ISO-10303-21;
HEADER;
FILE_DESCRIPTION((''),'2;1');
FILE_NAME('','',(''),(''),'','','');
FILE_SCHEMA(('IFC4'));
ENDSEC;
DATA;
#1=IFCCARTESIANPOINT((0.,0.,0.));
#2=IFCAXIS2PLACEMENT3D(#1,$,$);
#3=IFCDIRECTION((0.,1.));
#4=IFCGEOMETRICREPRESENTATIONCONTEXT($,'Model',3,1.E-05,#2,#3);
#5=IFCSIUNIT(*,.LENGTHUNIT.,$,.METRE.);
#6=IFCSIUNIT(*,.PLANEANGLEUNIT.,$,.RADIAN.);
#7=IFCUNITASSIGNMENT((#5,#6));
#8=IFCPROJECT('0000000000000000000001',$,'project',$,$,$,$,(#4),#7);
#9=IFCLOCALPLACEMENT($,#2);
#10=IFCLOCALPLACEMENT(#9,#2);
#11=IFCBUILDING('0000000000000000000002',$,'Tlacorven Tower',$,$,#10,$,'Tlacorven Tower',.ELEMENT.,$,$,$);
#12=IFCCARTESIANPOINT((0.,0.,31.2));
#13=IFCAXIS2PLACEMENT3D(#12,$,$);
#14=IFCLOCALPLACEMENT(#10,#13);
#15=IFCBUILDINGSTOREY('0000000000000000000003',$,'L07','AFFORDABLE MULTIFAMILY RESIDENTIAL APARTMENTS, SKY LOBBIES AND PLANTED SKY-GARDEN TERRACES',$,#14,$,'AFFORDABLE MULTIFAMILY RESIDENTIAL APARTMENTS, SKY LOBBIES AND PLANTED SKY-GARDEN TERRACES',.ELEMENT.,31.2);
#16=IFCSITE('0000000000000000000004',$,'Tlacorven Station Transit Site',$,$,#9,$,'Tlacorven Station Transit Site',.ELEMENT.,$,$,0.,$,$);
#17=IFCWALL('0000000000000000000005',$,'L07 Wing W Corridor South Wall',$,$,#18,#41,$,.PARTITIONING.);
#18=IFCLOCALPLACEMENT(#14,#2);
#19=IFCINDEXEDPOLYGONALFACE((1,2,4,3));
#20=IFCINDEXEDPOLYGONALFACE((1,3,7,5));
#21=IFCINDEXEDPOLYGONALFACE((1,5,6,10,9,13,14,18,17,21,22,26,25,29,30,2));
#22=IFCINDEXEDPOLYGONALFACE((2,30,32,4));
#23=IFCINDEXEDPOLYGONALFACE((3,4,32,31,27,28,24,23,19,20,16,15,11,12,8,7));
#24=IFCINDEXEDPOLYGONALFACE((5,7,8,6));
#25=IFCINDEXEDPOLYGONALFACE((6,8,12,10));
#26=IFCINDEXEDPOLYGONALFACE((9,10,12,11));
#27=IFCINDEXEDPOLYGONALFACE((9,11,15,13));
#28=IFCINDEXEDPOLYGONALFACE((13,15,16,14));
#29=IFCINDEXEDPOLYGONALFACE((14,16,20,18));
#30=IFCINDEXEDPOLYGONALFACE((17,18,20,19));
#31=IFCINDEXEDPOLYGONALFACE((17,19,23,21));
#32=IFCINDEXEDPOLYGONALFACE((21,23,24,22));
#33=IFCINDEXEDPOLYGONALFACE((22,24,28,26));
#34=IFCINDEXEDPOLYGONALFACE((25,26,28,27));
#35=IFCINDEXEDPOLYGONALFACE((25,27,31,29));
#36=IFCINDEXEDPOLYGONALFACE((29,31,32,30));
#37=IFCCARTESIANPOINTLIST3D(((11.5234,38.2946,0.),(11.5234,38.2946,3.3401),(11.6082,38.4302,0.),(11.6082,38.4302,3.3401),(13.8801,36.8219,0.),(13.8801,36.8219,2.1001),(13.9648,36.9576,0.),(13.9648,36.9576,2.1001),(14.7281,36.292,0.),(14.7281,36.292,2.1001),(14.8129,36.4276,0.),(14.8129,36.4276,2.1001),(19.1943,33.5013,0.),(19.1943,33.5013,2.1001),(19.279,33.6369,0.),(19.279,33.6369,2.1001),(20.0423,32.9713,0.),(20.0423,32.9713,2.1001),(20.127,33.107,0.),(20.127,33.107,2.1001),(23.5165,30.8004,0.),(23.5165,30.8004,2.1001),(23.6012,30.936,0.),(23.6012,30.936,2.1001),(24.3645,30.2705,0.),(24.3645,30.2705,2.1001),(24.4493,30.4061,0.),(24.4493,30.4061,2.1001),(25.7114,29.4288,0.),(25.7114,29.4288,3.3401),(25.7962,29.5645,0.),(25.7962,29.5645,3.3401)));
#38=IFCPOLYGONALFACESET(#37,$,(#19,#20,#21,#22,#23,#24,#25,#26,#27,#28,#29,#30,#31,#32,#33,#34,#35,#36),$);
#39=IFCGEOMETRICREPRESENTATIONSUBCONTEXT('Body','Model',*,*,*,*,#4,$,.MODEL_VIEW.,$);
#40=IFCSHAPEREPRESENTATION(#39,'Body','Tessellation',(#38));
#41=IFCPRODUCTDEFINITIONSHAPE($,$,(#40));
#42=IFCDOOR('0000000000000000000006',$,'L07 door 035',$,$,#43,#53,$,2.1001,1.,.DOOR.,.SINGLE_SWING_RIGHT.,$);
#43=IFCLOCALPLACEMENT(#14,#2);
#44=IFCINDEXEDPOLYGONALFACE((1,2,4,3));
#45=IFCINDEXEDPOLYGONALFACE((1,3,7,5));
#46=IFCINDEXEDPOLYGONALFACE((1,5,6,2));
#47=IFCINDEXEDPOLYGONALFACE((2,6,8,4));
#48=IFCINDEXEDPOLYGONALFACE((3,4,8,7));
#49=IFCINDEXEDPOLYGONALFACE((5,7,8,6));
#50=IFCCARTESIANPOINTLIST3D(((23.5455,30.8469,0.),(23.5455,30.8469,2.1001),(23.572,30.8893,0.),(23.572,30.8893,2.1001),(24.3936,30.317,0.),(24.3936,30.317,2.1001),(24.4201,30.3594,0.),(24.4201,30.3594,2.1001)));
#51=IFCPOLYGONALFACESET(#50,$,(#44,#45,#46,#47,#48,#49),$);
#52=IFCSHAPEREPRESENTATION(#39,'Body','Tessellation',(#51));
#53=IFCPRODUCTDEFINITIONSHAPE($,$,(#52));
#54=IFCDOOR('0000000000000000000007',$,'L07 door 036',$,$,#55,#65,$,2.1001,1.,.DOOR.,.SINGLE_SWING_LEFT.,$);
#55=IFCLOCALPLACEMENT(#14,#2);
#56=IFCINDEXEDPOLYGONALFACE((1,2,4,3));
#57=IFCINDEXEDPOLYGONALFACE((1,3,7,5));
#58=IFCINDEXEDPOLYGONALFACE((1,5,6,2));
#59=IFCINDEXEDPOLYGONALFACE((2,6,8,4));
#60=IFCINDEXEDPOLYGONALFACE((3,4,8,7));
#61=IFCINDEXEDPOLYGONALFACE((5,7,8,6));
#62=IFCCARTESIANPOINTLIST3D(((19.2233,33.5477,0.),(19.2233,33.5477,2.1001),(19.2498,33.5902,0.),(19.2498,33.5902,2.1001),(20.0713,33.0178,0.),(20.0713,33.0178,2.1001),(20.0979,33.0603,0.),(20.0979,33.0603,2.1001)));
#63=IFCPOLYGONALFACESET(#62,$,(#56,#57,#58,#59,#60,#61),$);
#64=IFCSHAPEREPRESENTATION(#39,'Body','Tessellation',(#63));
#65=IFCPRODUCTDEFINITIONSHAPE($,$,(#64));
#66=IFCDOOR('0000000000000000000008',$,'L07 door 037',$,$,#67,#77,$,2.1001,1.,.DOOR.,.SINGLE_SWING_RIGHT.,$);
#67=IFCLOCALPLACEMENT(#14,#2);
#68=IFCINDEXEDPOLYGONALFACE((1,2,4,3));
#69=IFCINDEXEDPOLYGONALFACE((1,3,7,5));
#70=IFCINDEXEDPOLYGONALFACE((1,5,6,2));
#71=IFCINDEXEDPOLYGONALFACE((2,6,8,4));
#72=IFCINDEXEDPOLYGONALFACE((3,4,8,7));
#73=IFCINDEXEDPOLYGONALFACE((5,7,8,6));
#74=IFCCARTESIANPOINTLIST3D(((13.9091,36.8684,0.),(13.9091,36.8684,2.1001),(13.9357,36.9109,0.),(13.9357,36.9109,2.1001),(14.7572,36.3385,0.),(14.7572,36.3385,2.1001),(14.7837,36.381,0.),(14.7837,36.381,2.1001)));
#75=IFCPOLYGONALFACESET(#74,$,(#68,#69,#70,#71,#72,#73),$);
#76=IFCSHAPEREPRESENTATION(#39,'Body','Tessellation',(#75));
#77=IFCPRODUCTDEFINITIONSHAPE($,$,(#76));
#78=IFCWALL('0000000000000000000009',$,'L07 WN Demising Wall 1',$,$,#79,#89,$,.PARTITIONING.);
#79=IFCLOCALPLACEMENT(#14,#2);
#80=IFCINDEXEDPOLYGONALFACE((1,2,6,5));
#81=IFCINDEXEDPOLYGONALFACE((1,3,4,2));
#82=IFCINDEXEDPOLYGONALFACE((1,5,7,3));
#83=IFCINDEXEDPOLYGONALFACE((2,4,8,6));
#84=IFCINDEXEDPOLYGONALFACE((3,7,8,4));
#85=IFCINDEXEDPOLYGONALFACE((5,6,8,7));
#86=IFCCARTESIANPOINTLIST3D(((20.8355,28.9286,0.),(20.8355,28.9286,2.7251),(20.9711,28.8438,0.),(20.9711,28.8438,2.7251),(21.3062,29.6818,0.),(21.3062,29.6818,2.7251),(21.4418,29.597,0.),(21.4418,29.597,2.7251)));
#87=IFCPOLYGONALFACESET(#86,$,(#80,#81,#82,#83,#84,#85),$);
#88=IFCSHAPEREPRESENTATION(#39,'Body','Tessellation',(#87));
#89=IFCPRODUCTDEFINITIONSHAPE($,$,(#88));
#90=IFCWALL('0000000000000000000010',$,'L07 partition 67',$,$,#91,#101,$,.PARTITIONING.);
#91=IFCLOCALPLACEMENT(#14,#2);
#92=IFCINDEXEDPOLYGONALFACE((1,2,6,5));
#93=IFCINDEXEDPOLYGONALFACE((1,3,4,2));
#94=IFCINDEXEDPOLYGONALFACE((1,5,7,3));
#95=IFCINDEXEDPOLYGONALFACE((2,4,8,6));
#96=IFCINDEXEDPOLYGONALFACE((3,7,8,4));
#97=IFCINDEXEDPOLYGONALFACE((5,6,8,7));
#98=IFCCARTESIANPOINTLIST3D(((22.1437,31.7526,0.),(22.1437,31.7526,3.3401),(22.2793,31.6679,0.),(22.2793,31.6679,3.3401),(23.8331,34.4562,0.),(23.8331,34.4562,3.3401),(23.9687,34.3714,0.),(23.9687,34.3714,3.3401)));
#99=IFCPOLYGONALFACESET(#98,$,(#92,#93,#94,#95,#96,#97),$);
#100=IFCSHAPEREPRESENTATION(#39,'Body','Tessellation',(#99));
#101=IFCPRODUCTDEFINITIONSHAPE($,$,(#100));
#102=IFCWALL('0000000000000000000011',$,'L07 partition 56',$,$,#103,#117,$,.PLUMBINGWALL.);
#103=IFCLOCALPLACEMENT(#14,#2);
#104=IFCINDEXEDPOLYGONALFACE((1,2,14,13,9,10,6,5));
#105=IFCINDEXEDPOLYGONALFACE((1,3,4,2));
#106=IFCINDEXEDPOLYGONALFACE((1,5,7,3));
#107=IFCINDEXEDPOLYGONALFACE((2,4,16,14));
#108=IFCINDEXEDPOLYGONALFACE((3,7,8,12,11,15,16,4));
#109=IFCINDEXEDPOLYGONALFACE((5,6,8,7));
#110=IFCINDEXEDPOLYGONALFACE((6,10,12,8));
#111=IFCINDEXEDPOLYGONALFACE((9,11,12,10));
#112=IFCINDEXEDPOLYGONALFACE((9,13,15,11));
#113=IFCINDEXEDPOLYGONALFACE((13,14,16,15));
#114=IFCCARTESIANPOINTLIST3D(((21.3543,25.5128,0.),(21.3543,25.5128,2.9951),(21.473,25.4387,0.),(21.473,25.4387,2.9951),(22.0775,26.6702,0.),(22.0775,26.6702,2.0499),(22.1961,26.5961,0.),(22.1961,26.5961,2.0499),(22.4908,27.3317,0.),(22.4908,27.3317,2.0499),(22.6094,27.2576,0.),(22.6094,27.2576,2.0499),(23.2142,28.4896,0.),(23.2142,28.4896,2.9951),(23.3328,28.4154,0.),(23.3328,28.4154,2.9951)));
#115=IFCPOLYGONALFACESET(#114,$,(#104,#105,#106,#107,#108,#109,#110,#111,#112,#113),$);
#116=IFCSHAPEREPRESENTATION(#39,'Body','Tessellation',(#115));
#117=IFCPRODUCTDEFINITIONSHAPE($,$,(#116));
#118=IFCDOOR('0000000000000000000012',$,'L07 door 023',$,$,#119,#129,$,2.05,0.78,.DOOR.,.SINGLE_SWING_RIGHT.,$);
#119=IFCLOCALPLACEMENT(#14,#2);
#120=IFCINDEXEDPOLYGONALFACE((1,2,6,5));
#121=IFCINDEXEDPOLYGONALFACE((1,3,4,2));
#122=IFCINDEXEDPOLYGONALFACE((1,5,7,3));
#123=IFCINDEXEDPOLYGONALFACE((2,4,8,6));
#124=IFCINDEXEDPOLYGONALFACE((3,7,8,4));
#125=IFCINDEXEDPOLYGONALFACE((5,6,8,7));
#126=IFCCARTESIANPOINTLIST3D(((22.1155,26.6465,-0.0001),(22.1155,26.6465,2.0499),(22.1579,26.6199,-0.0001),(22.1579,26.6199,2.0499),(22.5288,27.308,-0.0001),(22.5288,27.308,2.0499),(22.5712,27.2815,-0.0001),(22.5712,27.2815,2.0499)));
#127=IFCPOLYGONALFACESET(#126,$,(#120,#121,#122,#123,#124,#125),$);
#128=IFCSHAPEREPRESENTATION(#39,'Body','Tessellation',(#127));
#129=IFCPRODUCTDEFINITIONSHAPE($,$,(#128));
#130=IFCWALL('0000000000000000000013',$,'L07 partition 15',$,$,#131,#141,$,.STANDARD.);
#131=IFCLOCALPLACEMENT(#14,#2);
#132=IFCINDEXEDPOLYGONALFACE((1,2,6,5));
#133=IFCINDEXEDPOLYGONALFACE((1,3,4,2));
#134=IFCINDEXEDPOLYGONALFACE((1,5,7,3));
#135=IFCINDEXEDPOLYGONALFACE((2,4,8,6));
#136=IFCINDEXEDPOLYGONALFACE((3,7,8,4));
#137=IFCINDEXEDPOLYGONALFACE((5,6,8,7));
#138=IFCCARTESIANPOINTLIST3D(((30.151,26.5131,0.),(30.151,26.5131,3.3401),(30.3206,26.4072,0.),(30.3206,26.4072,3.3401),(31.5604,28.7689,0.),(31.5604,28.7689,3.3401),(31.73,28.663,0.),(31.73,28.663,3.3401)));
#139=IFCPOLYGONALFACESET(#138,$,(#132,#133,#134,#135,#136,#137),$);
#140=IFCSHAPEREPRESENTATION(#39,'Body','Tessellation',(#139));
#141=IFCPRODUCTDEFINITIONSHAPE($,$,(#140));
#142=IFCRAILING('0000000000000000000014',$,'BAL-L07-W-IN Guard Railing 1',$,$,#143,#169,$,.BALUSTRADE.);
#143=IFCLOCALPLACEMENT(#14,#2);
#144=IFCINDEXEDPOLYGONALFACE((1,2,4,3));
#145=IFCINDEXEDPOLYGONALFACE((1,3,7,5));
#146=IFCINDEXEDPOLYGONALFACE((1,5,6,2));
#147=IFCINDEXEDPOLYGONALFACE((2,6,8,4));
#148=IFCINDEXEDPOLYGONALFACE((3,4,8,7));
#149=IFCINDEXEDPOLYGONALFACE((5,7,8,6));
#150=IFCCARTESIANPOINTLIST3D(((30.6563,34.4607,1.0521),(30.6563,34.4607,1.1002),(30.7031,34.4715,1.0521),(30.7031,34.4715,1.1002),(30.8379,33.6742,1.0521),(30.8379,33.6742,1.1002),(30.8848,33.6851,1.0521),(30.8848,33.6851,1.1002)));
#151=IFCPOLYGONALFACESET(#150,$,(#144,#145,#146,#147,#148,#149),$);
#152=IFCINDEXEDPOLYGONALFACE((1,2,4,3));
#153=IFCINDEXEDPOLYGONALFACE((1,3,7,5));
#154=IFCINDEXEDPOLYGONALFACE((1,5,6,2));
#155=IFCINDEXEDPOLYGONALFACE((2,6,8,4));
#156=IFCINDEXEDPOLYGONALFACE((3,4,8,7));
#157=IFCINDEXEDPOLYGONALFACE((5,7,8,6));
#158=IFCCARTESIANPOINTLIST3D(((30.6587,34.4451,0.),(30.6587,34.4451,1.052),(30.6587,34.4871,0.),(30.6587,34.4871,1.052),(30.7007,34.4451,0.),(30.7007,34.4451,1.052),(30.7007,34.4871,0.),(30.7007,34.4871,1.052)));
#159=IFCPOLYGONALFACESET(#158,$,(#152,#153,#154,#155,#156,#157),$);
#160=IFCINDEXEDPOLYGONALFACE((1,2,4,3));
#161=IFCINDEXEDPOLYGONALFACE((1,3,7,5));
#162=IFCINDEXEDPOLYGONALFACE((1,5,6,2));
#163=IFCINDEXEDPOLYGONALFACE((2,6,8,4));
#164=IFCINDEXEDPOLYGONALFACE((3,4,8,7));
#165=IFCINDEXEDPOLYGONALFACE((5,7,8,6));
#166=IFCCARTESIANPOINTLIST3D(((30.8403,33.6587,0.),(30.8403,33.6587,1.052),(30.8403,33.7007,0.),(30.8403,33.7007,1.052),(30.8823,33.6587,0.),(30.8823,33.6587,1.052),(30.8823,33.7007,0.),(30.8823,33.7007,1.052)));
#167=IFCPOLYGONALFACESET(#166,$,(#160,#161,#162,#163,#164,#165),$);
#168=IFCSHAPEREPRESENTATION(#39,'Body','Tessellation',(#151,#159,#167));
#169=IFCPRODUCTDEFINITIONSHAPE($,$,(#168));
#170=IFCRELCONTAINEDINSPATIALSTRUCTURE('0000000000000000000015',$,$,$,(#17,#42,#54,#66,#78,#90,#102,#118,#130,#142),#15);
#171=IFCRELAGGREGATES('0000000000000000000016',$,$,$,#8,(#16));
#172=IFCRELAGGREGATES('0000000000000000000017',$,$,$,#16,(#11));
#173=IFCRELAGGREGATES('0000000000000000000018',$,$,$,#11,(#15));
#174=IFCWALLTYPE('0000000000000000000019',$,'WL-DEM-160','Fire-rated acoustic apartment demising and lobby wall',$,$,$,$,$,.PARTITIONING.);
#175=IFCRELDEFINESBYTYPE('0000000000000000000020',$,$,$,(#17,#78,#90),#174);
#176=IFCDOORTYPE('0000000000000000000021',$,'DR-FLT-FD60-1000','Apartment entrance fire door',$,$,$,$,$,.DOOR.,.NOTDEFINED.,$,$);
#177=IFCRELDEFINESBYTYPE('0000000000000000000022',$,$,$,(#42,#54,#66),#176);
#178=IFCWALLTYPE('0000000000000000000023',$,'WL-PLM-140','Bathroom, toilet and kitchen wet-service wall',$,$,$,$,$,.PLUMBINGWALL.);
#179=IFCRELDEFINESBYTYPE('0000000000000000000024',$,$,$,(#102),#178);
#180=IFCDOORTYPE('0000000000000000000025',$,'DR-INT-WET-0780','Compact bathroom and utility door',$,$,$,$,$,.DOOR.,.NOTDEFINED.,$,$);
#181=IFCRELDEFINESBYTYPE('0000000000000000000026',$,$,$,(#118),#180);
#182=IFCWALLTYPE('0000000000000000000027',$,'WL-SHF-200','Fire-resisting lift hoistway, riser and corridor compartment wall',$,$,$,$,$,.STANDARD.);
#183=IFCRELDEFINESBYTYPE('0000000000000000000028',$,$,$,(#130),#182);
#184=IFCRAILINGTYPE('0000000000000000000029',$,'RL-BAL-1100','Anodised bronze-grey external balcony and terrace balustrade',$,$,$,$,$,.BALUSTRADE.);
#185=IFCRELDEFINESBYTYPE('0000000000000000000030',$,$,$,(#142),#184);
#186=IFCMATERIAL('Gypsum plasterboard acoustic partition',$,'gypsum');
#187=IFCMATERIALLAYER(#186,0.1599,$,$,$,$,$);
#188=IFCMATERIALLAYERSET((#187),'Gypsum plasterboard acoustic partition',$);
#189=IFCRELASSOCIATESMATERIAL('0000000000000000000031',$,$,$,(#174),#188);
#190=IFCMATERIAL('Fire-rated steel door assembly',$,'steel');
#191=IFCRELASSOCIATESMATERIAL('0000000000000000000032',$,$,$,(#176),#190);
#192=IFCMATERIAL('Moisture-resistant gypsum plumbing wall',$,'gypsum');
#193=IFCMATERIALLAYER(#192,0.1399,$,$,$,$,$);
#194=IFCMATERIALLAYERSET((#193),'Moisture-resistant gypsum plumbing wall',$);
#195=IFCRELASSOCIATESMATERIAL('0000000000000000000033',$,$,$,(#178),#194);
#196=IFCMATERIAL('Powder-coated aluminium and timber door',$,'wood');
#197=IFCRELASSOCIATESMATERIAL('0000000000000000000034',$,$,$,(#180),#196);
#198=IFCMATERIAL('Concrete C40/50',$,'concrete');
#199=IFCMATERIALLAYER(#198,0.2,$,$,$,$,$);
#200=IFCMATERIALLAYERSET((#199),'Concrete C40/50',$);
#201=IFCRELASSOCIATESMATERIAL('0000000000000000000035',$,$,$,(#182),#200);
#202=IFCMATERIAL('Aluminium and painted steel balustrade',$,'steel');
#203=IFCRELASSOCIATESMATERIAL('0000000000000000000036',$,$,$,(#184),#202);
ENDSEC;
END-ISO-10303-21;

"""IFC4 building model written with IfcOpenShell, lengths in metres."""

from ifc_helpers import new_model, si_unit, direction, frame, frame_2d, origin, origin_2d, place, context, subcontext, project, spatial, rectangle, extrude, source, transform, mapped, material, layer, layer_set, type_object, element, fill, save


model = new_model("IFC4")

# Units and contexts
model_context = context("Model", 3, precision=1e-05, world=origin(), true_north=direction((0.0, 1.0)))
body_context = subcontext(model_context, "Body", "Model", "MODEL_VIEW")
ifc_project = project(units=[si_unit("LENGTHUNIT", "METRE"), si_unit("PLANEANGLEUNIT", "RADIAN")], contexts=[model_context])

# Site, building, storey
site_placement = place(None, origin())
site = spatial("IfcSite", under=ifc_project, at=site_placement, Name="Tlacorven Station Transit Site", LongName="Tlacorven Station Transit Site", CompositionType="ELEMENT", RefElevation=0.0)
building_placement = place(site_placement, origin())
building = spatial("IfcBuilding", under=site, at=building_placement, Name="Tlacorven Tower", LongName="Tlacorven Tower", CompositionType="ELEMENT")
storey_placement = place(building_placement, frame((0.0, 0.0, 31.2)))
storey = spatial("IfcBuildingStorey", under=building, at=storey_placement, Name="L07", Description="AFFORDABLE MULTIFAMILY RESIDENTIAL APARTMENTS, SKY LOBBIES AND PLANTED SKY-GARDEN TERRACES", LongName="AFFORDABLE MULTIFAMILY RESIDENTIAL APARTMENTS, SKY LOBBIES AND PLANTED SKY-GARDEN TERRACES", CompositionType="ELEMENT", Elevation=31.2)

# Shared definitions
ifc_material_1 = material(Name="Gypsum plasterboard acoustic partition", Category="gypsum")
ifc_layer_1 = layer(ifc_material_1, 0.1599)
ifc_layer_set_1 = layer_set([ifc_layer_1], Name="Gypsum plasterboard acoustic partition")
wall_type_1 = type_object("IfcWallType", Name="WL-DEM-160", Description="Fire-rated acoustic apartment demising and lobby wall", PredefinedType="PARTITIONING", material=ifc_layer_set_1)
ifc_material_2 = material(Name="Fire-rated steel door assembly", Category="steel")

# Wall, openings, doors
wall_1_placement = place(storey_placement, frame((25.7539, 29.4966, 0.0), z_axis=(0.0, 0.0, 1.0), x_axis=(-0.848046, 0.529923, 0.0)))
wall_1 = element("IfcWall", 1, at=wall_1_placement, inside=storey, type_object=wall_type_1, Name="L07 Wing W Corridor South Wall", PredefinedType="PARTITIONING", context=body_context, shape_type="SweptSolid", body=[
    extrude(rectangle(XDim=16.7302, YDim=0.1599, at=frame_2d((8.3652, 0.0))), origin(), (0.0, 0.0, 1.0), 3.3401),
])
opening_1_placement = place(wall_1_placement, frame((1.5884, 0.0, 0.0)))
opening_1 = element("IfcOpeningElement", 2, at=opening_1_placement, cuts=wall_1, PredefinedType="OPENING", context=body_context, shape_type="SweptSolid", body=[
    extrude(rectangle(XDim=1.0, YDim=2.1001, at=frame_2d((0.5, 1.05))), frame((0.0, 0.0898, 0.0), z_axis=(0.0, -1.0, 0.0), x_axis=(1.0, 0.0, 0.0)), (0.0, 0.0, 1.0), 0.1799),
])
opening_2_placement = place(wall_1_placement, frame((6.6851, 0.0, 0.0)))
opening_2 = element("IfcOpeningElement", 3, at=opening_2_placement, cuts=wall_1, PredefinedType="OPENING", context=body_context, shape_type="SweptSolid", body=[
    extrude(rectangle(XDim=1.0, YDim=2.1001, at=frame_2d((0.5, 1.05))), frame((0.0, 0.0898, 0.0), z_axis=(0.0, -1.0, 0.0), x_axis=(1.0, 0.0, 0.0)), (0.0, 0.0, 1.0), 0.1799),
])
opening_3_placement = place(wall_1_placement, frame((12.9514, 0.0, 0.0)))
opening_3 = element("IfcOpeningElement", 4, at=opening_3_placement, cuts=wall_1, PredefinedType="OPENING", context=body_context, shape_type="SweptSolid", body=[
    extrude(rectangle(XDim=1.0, YDim=2.1001, at=frame_2d((0.5, 1.05))), frame((0.0, 0.0898, 0.0), z_axis=(0.0, -1.0, 0.0), x_axis=(1.0, 0.0, 0.0)), (0.0, 0.0, 1.0), 0.1799),
])
door_type_1 = type_object("IfcDoorType", Name="DR-FLT-FD60-1000", Description="Apartment entrance fire door", OperationType="NOTDEFINED", PredefinedType="DOOR", material=ifc_material_2)
shared_shape_1 = source(origin(), body_context, "Body", "SweptSolid", [
    extrude(rectangle(XDim=1.0, YDim=2.1001, at=frame_2d((0.5, 1.05))), frame((0.0, 0.0249, 0.0), z_axis=(0.0, -1.0, 0.0), x_axis=(1.0, 0.0, 0.0)), (0.0, 0.0, 1.0), 0.05),
])
door_1_placement = place(opening_1_placement, frame((1.0, 0.0, 0.0), z_axis=(0.0, 0.0, 1.0), x_axis=(-1.0, 0.0, 0.0)))
door_1 = element("IfcDoor", 5, at=door_1_placement, inside=storey, type_object=door_type_1, Name="L07 door 035", OperationType="SINGLE_SWING_RIGHT", OverallHeight=2.1001, OverallWidth=1.0, PredefinedType="DOOR", context=body_context, shape_type="MappedRepresentation", body=[
    mapped(shared_shape_1, transform((0.0, 0.0, 0.0), scale=1.0)),
])
fill(opening_1, door_1)
door_2_placement = place(opening_2_placement, frame((1.0, 0.0, 0.0), z_axis=(0.0, 0.0, 1.0), x_axis=(-1.0, 0.0, 0.0)))
door_2 = element("IfcDoor", 6, at=door_2_placement, inside=storey, type_object=door_type_1, Name="L07 door 036", OperationType="SINGLE_SWING_LEFT", OverallHeight=2.1001, OverallWidth=1.0, PredefinedType="DOOR", context=body_context, shape_type="MappedRepresentation", body=[
    mapped(shared_shape_1, transform((0.0, 0.0, 0.0), scale=1.0)),
])
fill(opening_2, door_2)
door_3_placement = place(opening_3_placement, frame((1.0, 0.0, 0.0), z_axis=(0.0, 0.0, 1.0), x_axis=(-1.0, 0.0, 0.0)))
door_3 = element("IfcDoor", 7, at=door_3_placement, inside=storey, type_object=door_type_1, Name="L07 door 037", OperationType="SINGLE_SWING_RIGHT", OverallHeight=2.1001, OverallWidth=1.0, PredefinedType="DOOR", context=body_context, shape_type="MappedRepresentation", body=[
    mapped(shared_shape_1, transform((0.0, 0.0, 0.0), scale=1.0)),
])
fill(opening_3, door_3)

# Walls
wall_2_placement = place(storey_placement, frame((21.374, 29.6394, 0.0), z_axis=(0.0, 0.0, 1.0), x_axis=(-0.529974, -0.848014, 0.0)))
element("IfcWall", 8, at=wall_2_placement, inside=storey, type_object=wall_type_1, Name="L07 WN Demising Wall 1", PredefinedType="PARTITIONING", context=body_context, shape_type="SweptSolid", body=[
    extrude(rectangle(XDim=0.8882, YDim=0.1599, at=frame_2d((0.4441, 0.0))), origin(), (0.0, 0.0, 1.0), 2.7251),
])
wall_3_placement = place(storey_placement, frame((23.9009, 34.4138, 0.0), z_axis=(0.0, 0.0, 1.0), x_axis=(-0.52993, -0.848041, 0.0)))
element("IfcWall", 9, at=wall_3_placement, inside=storey, type_object=wall_type_1, Name="L07 partition 67", PredefinedType="PARTITIONING", context=body_context, shape_type="SweptSolid", body=[
    extrude(rectangle(XDim=3.188, YDim=0.1599, at=frame_2d((1.594, 0.0))), origin(), (0.0, 0.0, 1.0), 3.3401),
])

# Wall, opening, door
ifc_material_3 = material(Name="Moisture-resistant gypsum plumbing wall", Category="gypsum")
ifc_layer_2 = layer(ifc_material_3, 0.1399)
ifc_layer_set_2 = layer_set([ifc_layer_2], Name="Moisture-resistant gypsum plumbing wall")
wall_type_2 = type_object("IfcWallType", Name="WL-PLM-140", Description="Bathroom, toilet and kitchen wet-service wall", PredefinedType="PLUMBINGWALL", material=ifc_layer_set_2)
wall_4_placement = place(storey_placement, frame((23.2734, 28.4524, 0.0), z_axis=(0.0, 0.0, 1.0), x_axis=(-0.529868, -0.84808, 0.0)))
wall_4 = element("IfcWall", 10, at=wall_4_placement, inside=storey, type_object=wall_type_2, Name="L07 partition 56", PredefinedType="PLUMBINGWALL", context=body_context, shape_type="SweptSolid", body=[
    extrude(rectangle(XDim=3.51, YDim=0.1399, at=frame_2d((1.7549, 0.0))), origin(), (0.0, 0.0, 1.0), 2.9951),
])
opening_4_placement = place(wall_4_placement, frame((1.365, 0.0, 0.0)))
opening_4 = element("IfcOpeningElement", 11, at=opening_4_placement, cuts=wall_4, PredefinedType="OPENING", context=body_context, shape_type="SweptSolid", body=[
    extrude(rectangle(XDim=0.78, YDim=2.05, at=frame_2d((0.3901, 1.0249))), frame((0.0, 0.0801, 0.0), z_axis=(0.0, -1.0, 0.0), x_axis=(1.0, 0.0, 0.0)), (0.0, 0.0, 1.0), 0.1599),
])
ifc_material_4 = material(Name="Powder-coated aluminium and timber door", Category="wood")
door_type_2 = type_object("IfcDoorType", Name="DR-INT-WET-0780", Description="Compact bathroom and utility door", OperationType="NOTDEFINED", PredefinedType="DOOR", material=ifc_material_4)
shared_shape_2 = source(origin(), body_context, "Body", "SweptSolid", [
    extrude(rectangle(XDim=0.78, YDim=2.05, at=frame_2d((0.3901, 1.0249))), frame((0.0, 0.0249, 0.0), z_axis=(0.0, -1.0, 0.0), x_axis=(1.0, 0.0, 0.0)), (0.0, 0.0, 1.0), 0.05),
])
door_4_placement = place(opening_4_placement, origin())
door_4 = element("IfcDoor", 12, at=door_4_placement, inside=storey, type_object=door_type_2, Name="L07 door 023", OperationType="SINGLE_SWING_RIGHT", OverallHeight=2.05, OverallWidth=0.78, PredefinedType="DOOR", context=body_context, shape_type="MappedRepresentation", body=[
    mapped(shared_shape_2, transform((0.0, 0.0, 0.0), scale=1.0)),
])
fill(opening_4, door_4)

# Wall
ifc_material_5 = material(Name="Concrete C40/50", Category="concrete")
ifc_layer_3 = layer(ifc_material_5, 0.2)
ifc_layer_set_3 = layer_set([ifc_layer_3], Name="Concrete C40/50")
wall_type_3 = type_object("IfcWallType", Name="WL-SHF-200", Description="Fire-resisting lift hoistway, riser and corridor compartment wall", PredefinedType="STANDARD", material=ifc_layer_set_3)
wall_5_placement = place(storey_placement, frame((31.6453, 28.7161, 0.0), z_axis=(0.0, 0.0, 1.0), x_axis=(-0.529867, -0.848081, 0.0)))
element("IfcWall", 13, at=wall_5_placement, inside=storey, type_object=wall_type_3, Name="L07 partition 15", PredefinedType="STANDARD", context=body_context, shape_type="SweptSolid", body=[
    extrude(rectangle(XDim=2.6599, YDim=0.2, at=frame_2d((1.3301, 0.0))), origin(), (0.0, 0.0, 1.0), 3.3401),
])

# Railing
ifc_material_6 = material(Name="Aluminium and painted steel balustrade", Category="steel")
railing_type = type_object("IfcRailingType", Name="RL-BAL-1100", Description="Anodised bronze-grey external balcony and terrace balustrade", PredefinedType="BALUSTRADE", material=ifc_material_6)
shared_shape_3 = source(origin(), body_context, "Body", "SweptSolid", [
    extrude(rectangle(XDim=0.0481, YDim=0.0481, at=origin_2d()), frame((0.0, 0.0, 1.0762), z_axis=(0.225058, -0.974345, 0.0), x_axis=(0.974345, 0.225058, 0.0)), (0.0, 0.0, 1.0), 0.8071),
    extrude(rectangle(XDim=0.042, YDim=0.042, at=origin_2d()), origin(), (0.0, 0.0, 1.0), 1.052),
    extrude(rectangle(XDim=0.042, YDim=0.042, at=origin_2d()), frame((0.1816, -0.7864, 0.0)), (0.0, 0.0, 1.0), 1.052),
])
railing_1_placement = place(storey_placement, frame((30.6797, 34.4661, 0.0)))
element("IfcRailing", 14, at=railing_1_placement, inside=storey, type_object=railing_type, Name="BAL-L07-W-IN Guard Railing 1", PredefinedType="BALUSTRADE", context=body_context, shape_type="MappedRepresentation", body=[
    mapped(shared_shape_3, transform((0.0, 0.0, 0.0), scale=1.0)),
])

save(model, "model.ifc")
